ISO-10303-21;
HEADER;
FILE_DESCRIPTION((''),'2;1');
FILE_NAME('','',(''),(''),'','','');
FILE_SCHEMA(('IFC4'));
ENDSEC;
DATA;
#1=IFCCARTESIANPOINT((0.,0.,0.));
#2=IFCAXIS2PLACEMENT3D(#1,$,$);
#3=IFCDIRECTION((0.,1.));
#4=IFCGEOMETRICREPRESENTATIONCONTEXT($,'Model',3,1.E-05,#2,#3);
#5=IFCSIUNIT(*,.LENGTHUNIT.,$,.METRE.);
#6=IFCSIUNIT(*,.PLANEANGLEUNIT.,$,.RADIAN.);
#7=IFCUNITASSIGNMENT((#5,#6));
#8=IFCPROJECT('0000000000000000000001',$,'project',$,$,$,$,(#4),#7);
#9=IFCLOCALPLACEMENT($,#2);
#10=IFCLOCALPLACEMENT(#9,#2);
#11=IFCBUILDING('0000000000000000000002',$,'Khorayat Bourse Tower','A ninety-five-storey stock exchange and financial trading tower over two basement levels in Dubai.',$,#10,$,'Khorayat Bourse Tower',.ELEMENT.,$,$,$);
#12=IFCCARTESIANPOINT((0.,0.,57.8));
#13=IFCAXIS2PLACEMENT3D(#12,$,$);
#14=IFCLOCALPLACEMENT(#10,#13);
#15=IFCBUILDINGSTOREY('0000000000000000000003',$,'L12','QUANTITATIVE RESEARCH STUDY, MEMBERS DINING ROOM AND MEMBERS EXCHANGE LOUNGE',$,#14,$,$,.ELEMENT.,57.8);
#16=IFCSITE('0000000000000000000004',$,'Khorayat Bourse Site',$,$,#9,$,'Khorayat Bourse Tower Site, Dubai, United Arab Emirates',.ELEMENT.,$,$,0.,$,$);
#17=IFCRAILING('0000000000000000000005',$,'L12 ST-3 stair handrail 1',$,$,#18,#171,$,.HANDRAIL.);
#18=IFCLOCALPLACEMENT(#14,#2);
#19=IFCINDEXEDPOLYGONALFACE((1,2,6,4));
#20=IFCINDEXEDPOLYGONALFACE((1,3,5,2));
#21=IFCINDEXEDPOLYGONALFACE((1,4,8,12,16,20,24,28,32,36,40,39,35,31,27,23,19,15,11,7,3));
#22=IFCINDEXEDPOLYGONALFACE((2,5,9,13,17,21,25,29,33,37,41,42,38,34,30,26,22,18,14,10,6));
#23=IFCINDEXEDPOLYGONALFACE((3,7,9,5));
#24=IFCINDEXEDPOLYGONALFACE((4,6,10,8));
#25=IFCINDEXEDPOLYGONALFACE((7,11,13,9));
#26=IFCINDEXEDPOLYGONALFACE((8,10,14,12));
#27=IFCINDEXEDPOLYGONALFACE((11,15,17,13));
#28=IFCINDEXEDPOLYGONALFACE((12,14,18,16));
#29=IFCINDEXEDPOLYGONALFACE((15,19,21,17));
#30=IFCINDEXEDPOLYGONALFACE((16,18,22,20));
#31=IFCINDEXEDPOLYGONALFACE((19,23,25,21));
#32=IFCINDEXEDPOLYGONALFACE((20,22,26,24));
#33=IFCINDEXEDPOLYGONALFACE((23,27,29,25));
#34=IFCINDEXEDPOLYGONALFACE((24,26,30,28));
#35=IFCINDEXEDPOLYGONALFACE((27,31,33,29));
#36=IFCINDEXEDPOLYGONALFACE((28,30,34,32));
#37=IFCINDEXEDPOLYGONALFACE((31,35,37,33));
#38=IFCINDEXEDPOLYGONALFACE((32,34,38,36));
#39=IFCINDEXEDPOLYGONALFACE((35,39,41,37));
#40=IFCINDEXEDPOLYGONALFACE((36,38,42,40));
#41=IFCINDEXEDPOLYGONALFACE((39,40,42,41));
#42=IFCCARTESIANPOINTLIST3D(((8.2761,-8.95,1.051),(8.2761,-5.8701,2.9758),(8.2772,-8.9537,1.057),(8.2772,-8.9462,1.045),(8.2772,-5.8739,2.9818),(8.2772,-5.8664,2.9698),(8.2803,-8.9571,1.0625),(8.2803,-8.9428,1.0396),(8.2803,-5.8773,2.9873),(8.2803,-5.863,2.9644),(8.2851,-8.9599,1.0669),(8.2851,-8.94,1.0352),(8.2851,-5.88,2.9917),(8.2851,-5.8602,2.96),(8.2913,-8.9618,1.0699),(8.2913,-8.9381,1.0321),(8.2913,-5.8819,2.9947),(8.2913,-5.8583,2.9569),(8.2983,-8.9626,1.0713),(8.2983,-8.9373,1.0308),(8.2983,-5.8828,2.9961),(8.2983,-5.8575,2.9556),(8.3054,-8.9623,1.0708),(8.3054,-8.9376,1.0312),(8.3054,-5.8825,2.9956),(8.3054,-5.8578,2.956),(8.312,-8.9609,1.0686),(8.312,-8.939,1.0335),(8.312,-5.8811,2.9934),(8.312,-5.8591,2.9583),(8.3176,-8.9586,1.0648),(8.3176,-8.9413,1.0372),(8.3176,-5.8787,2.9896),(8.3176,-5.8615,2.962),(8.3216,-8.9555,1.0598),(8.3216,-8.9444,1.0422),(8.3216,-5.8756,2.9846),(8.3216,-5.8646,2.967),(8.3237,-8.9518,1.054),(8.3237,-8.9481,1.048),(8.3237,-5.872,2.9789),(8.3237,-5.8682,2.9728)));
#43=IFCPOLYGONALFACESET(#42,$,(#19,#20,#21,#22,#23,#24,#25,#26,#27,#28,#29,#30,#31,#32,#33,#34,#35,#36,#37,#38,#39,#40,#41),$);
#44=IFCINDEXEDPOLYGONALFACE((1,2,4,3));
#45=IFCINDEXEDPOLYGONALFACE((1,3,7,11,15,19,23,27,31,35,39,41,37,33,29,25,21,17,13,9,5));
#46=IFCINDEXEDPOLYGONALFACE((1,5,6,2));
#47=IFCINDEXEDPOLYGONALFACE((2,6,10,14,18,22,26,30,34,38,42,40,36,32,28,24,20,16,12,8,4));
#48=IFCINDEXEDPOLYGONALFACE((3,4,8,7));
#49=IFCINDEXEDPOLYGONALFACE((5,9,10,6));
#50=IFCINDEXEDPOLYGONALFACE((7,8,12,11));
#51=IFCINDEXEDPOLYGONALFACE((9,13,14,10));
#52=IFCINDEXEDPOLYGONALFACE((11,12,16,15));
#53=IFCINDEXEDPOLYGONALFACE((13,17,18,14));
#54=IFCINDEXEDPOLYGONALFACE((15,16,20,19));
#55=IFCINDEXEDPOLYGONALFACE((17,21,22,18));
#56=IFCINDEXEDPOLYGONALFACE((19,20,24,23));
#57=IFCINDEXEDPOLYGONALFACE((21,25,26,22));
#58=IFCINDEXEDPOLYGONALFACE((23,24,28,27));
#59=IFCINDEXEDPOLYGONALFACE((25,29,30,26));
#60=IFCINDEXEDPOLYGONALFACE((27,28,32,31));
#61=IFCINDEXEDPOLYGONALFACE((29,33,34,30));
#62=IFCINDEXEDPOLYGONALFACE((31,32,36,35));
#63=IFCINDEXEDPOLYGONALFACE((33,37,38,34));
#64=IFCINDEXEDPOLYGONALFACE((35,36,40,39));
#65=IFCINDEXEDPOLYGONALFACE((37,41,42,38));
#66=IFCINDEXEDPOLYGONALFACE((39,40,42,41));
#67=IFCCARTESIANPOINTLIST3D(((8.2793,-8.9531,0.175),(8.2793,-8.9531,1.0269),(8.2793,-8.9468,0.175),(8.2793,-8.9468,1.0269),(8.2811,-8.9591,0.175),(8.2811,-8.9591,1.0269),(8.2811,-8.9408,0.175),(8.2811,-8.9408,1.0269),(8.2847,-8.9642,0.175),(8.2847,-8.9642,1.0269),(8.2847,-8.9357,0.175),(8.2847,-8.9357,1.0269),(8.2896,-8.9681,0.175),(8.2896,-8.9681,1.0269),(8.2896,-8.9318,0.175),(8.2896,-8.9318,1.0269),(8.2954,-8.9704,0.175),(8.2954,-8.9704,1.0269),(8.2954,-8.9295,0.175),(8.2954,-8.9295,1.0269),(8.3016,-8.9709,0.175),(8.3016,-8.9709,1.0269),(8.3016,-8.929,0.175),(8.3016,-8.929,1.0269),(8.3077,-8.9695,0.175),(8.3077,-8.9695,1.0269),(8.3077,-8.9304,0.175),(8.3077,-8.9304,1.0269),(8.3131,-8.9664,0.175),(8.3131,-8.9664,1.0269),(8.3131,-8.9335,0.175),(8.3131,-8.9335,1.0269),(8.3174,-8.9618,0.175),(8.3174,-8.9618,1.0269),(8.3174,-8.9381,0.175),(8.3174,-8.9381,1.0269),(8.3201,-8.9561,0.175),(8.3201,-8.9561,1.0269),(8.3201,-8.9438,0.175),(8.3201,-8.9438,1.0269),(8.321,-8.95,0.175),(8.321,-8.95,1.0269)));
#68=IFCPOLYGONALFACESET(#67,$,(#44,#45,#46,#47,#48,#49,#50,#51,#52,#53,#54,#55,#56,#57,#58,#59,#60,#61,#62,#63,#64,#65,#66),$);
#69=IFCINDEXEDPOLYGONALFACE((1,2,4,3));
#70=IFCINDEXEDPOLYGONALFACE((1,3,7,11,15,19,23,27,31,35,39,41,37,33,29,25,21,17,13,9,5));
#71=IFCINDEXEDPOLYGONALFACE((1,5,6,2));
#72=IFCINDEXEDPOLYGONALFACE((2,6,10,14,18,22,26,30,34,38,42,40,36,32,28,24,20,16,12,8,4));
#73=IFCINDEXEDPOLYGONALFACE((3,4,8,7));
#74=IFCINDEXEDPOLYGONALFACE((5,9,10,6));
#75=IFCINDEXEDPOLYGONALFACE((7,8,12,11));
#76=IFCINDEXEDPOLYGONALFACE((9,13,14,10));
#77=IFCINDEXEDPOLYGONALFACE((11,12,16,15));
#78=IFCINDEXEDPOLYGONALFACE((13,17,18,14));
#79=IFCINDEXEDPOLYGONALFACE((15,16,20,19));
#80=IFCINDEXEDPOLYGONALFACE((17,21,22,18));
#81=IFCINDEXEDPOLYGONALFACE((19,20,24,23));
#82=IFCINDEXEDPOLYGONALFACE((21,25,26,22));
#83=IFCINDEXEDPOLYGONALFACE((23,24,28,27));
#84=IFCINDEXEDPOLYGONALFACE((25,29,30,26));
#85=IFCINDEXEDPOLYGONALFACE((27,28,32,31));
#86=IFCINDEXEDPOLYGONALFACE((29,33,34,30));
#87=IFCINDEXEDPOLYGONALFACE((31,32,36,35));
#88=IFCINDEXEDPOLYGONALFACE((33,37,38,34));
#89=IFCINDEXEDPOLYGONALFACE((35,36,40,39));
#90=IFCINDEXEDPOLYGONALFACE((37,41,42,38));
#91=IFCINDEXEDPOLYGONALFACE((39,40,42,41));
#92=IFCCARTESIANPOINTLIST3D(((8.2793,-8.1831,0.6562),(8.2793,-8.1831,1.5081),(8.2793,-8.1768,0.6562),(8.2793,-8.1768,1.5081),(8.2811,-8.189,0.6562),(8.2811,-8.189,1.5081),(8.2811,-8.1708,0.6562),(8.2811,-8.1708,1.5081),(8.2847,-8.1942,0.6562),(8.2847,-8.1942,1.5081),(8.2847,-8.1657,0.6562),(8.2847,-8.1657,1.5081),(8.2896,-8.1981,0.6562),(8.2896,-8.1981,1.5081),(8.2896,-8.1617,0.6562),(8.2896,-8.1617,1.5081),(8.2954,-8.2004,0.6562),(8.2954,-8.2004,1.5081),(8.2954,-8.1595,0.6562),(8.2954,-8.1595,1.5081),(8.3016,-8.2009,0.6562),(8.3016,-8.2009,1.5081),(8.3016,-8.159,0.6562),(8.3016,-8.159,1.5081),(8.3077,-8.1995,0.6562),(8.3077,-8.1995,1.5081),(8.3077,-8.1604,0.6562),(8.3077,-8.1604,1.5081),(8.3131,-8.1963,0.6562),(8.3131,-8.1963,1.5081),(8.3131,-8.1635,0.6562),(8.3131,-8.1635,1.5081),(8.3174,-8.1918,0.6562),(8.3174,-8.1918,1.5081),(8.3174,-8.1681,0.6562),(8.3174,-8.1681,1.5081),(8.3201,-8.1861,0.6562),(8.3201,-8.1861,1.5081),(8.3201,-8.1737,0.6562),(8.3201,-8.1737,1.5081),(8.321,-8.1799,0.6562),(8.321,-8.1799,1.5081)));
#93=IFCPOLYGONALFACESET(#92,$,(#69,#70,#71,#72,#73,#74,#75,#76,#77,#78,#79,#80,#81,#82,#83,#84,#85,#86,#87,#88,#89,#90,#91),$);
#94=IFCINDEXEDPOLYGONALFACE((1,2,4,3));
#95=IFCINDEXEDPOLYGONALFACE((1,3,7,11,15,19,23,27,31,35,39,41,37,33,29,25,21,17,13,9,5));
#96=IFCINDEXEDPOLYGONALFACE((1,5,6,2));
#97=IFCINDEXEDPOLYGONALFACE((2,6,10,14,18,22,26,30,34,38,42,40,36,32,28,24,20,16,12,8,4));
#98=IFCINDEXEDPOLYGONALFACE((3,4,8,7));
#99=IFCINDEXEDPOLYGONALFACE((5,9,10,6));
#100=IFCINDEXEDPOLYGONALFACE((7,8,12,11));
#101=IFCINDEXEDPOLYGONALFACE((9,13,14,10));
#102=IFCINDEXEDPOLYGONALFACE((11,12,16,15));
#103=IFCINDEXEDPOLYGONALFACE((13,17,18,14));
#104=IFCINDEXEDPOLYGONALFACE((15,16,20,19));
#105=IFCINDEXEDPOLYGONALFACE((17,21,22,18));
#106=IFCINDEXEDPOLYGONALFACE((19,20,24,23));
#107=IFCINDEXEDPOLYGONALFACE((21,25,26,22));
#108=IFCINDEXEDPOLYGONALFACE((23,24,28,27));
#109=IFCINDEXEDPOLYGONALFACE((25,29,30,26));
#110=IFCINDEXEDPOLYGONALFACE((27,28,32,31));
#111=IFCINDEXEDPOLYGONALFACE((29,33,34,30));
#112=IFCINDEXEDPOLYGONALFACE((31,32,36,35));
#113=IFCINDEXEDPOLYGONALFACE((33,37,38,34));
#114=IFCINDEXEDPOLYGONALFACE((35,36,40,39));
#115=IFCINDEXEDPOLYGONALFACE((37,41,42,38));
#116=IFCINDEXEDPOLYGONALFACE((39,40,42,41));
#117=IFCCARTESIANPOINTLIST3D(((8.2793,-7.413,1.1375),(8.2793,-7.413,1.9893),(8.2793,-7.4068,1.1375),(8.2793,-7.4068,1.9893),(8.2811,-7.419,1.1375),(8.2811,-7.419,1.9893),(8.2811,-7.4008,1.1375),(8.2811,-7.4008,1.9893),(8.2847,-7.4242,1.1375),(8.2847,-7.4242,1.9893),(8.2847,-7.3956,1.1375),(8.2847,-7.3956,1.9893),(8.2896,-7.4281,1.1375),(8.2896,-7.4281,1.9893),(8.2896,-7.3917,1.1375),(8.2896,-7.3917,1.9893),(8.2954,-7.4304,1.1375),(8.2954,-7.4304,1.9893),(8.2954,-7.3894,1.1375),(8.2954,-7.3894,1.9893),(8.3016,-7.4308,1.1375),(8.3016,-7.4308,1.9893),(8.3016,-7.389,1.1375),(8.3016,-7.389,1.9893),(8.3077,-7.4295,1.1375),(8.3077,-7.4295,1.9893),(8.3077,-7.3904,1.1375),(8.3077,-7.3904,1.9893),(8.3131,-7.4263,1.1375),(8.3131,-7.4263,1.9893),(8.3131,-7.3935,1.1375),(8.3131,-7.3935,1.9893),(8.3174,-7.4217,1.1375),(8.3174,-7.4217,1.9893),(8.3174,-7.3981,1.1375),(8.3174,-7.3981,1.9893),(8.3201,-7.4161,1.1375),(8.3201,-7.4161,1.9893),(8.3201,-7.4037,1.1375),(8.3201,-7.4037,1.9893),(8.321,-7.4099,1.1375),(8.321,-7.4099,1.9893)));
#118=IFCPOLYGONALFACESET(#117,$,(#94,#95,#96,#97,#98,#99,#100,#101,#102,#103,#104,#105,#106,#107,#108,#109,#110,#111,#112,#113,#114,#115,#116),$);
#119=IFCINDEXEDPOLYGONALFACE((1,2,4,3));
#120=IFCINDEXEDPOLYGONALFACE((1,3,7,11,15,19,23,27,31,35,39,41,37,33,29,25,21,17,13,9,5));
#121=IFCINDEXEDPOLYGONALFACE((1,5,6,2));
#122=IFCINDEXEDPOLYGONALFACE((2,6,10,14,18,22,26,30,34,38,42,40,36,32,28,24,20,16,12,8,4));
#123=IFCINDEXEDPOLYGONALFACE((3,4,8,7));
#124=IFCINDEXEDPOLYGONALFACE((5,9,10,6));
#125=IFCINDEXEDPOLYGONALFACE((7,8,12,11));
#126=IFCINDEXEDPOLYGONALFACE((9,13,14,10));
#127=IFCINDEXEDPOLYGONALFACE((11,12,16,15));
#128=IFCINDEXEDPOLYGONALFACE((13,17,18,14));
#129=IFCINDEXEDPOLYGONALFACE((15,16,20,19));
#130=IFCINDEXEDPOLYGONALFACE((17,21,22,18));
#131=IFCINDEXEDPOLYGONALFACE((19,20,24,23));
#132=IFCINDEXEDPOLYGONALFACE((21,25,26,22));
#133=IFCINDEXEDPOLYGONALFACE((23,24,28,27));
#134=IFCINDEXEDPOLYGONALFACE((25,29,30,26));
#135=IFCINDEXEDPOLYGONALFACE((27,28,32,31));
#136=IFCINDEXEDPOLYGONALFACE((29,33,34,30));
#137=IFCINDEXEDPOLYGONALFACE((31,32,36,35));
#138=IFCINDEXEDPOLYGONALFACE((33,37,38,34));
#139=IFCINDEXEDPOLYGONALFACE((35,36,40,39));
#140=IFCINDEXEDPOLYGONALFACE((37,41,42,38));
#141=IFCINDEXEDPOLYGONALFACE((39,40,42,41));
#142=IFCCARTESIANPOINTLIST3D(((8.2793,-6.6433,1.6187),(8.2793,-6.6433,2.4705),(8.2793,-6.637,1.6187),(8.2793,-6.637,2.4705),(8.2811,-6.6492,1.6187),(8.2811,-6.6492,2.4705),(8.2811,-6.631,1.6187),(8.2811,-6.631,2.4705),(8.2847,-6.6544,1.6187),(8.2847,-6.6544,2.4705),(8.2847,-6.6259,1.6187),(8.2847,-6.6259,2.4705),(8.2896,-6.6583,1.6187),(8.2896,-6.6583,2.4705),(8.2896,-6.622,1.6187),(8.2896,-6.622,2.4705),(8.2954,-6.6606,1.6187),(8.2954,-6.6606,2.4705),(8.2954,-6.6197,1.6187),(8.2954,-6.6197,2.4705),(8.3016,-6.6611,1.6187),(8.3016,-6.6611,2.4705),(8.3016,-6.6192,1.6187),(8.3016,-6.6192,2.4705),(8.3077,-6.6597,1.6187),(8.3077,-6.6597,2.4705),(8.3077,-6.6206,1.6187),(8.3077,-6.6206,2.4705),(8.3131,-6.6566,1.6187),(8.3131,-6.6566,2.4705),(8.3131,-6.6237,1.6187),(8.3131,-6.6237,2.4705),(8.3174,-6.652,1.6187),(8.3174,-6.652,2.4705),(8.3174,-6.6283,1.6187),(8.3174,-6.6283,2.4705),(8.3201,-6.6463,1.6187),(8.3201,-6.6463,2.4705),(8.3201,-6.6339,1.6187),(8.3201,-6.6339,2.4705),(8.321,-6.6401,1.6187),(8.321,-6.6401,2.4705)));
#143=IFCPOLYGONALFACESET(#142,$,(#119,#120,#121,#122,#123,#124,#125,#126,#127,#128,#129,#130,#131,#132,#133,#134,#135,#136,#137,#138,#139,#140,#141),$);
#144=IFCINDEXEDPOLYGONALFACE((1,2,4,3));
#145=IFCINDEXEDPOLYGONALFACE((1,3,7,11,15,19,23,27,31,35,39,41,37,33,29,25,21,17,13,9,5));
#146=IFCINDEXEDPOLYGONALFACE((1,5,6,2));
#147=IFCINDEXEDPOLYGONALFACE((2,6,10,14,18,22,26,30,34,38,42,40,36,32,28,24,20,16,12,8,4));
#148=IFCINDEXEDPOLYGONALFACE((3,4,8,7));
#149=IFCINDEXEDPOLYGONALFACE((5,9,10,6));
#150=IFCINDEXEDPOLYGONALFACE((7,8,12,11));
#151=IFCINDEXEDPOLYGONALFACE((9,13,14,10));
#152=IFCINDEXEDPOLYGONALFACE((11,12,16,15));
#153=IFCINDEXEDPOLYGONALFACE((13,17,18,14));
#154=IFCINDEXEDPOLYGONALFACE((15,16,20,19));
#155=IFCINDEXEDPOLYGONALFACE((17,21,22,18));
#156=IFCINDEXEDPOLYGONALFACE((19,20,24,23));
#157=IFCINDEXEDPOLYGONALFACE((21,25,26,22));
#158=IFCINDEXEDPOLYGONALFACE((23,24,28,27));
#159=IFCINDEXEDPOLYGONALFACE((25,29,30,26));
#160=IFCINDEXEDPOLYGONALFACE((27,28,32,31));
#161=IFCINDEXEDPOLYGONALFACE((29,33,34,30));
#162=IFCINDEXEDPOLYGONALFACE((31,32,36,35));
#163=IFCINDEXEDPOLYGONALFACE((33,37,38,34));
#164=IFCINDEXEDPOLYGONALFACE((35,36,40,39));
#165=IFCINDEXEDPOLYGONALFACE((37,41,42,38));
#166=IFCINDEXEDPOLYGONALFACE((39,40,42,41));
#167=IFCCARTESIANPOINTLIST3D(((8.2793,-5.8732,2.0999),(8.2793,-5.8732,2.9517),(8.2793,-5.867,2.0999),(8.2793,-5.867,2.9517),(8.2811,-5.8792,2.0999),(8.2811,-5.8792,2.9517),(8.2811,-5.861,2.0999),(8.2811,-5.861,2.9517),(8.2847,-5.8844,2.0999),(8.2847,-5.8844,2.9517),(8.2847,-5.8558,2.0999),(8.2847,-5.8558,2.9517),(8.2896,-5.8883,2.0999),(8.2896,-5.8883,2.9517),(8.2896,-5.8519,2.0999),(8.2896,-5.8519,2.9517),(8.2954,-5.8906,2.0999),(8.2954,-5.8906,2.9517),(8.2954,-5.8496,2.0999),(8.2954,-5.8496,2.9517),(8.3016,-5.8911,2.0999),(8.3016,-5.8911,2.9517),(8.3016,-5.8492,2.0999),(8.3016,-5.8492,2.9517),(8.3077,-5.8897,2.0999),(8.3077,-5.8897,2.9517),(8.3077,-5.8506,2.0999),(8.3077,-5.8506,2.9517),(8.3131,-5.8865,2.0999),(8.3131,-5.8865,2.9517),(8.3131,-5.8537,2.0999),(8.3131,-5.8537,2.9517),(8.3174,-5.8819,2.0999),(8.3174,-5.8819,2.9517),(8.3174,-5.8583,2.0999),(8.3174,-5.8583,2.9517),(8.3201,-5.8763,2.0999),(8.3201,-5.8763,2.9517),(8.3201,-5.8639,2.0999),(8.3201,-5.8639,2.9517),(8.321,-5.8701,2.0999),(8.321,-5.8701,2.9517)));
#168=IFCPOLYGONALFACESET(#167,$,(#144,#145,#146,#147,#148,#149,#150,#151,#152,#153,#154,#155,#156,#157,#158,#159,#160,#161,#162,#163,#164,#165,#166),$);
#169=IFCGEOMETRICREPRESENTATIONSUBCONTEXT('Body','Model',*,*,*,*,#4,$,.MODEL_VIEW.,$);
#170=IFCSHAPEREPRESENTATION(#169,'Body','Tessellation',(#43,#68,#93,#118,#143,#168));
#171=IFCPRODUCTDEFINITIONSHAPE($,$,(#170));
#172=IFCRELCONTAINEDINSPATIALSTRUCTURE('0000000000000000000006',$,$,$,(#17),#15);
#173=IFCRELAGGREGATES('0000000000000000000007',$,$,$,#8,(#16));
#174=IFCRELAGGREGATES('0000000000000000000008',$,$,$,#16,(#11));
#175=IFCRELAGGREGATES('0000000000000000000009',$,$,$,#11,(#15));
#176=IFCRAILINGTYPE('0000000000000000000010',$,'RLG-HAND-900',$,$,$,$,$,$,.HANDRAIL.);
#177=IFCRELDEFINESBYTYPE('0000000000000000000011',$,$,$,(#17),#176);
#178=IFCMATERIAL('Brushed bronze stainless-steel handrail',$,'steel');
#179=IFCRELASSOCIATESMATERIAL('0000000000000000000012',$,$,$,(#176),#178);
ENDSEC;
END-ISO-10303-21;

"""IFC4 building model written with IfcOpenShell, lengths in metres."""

from ifc_helpers import new_model, si_unit, direction, frame, origin, origin_2d, place, context, subcontext, project, spatial, circle, extrude, source, transform, mapped, material, type_object, element, save


model = new_model("IFC4")

# Units and contexts
model_context = context("Model", 3, precision=1e-05, world=origin(), true_north=direction((0.0, 1.0)))
body_context = subcontext(model_context, "Body", "Model", "MODEL_VIEW")
ifc_project = project(units=[si_unit("LENGTHUNIT", "METRE"), si_unit("PLANEANGLEUNIT", "RADIAN")], contexts=[model_context])

# Site, building, storey
site_placement = place(None, origin())
site = spatial("IfcSite", under=ifc_project, at=site_placement, Name="Khorayat Bourse Site", LongName="Khorayat Bourse Tower Site, Dubai, United Arab Emirates", CompositionType="ELEMENT", RefElevation=0.0)
building_placement = place(site_placement, origin())
building = spatial("IfcBuilding", under=site, at=building_placement, Name="Khorayat Bourse Tower", Description="A ninety-five-storey stock exchange and financial trading tower over two basement levels in Dubai.", LongName="Khorayat Bourse Tower", CompositionType="ELEMENT")
storey_placement = place(building_placement, frame((0.0, 0.0, 57.8)))
storey = spatial("IfcBuildingStorey", under=building, at=storey_placement, Name="L12", Description="QUANTITATIVE RESEARCH STUDY, MEMBERS DINING ROOM AND MEMBERS EXCHANGE LOUNGE", CompositionType="ELEMENT", Elevation=57.8)

# Railing
ifc_material_1 = material(Name="Brushed bronze stainless-steel handrail", Category="steel")
railing_type_1 = type_object("IfcRailingType", Name="RLG-HAND-900", PredefinedType="HANDRAIL", material=ifc_material_1)
shared_shape_1 = source(origin(), body_context, "Body", "SweptSolid", [
    extrude(circle(Radius=0.0239, at=origin_2d()), frame((0.0, 0.0, 0.876), z_axis=(0.0, 0.84801, 0.529981), x_axis=(-1.0, 0.0, 0.0)), (0.0, 0.0, 1.0), 3.6318),
    extrude(circle(Radius=0.021, at=origin_2d()), origin(), (0.0, 0.0, 1.0), 0.8518),
    extrude(circle(Radius=0.021, at=origin_2d()), frame((0.0, 0.77, 0.4812)), (0.0, 0.0, 1.0), 0.8518),
    extrude(circle(Radius=0.021, at=origin_2d()), frame((0.0, 1.54, 0.9624)), (0.0, 0.0, 1.0), 0.8518),
    extrude(circle(Radius=0.021, at=origin_2d()), frame((0.0, 2.3098, 1.4436)), (0.0, 0.0, 1.0), 0.8518),
    extrude(circle(Radius=0.021, at=origin_2d()), frame((0.0, 3.0798, 1.9248)), (0.0, 0.0, 1.0), 0.8518),
])
railing_1_placement = place(storey_placement, frame((8.3, -8.95, 0.175)))
element("IfcRailing", 1, at=railing_1_placement, inside=storey, type_object=railing_type_1, Name="L12 ST-3 stair handrail 1", PredefinedType="HANDRAIL", context=body_context, shape_type="MappedRepresentation", body=[
    mapped(shared_shape_1, transform((0.0, 0.0, 0.0), scale=1.0)),
])

save(model, "model.ifc")
